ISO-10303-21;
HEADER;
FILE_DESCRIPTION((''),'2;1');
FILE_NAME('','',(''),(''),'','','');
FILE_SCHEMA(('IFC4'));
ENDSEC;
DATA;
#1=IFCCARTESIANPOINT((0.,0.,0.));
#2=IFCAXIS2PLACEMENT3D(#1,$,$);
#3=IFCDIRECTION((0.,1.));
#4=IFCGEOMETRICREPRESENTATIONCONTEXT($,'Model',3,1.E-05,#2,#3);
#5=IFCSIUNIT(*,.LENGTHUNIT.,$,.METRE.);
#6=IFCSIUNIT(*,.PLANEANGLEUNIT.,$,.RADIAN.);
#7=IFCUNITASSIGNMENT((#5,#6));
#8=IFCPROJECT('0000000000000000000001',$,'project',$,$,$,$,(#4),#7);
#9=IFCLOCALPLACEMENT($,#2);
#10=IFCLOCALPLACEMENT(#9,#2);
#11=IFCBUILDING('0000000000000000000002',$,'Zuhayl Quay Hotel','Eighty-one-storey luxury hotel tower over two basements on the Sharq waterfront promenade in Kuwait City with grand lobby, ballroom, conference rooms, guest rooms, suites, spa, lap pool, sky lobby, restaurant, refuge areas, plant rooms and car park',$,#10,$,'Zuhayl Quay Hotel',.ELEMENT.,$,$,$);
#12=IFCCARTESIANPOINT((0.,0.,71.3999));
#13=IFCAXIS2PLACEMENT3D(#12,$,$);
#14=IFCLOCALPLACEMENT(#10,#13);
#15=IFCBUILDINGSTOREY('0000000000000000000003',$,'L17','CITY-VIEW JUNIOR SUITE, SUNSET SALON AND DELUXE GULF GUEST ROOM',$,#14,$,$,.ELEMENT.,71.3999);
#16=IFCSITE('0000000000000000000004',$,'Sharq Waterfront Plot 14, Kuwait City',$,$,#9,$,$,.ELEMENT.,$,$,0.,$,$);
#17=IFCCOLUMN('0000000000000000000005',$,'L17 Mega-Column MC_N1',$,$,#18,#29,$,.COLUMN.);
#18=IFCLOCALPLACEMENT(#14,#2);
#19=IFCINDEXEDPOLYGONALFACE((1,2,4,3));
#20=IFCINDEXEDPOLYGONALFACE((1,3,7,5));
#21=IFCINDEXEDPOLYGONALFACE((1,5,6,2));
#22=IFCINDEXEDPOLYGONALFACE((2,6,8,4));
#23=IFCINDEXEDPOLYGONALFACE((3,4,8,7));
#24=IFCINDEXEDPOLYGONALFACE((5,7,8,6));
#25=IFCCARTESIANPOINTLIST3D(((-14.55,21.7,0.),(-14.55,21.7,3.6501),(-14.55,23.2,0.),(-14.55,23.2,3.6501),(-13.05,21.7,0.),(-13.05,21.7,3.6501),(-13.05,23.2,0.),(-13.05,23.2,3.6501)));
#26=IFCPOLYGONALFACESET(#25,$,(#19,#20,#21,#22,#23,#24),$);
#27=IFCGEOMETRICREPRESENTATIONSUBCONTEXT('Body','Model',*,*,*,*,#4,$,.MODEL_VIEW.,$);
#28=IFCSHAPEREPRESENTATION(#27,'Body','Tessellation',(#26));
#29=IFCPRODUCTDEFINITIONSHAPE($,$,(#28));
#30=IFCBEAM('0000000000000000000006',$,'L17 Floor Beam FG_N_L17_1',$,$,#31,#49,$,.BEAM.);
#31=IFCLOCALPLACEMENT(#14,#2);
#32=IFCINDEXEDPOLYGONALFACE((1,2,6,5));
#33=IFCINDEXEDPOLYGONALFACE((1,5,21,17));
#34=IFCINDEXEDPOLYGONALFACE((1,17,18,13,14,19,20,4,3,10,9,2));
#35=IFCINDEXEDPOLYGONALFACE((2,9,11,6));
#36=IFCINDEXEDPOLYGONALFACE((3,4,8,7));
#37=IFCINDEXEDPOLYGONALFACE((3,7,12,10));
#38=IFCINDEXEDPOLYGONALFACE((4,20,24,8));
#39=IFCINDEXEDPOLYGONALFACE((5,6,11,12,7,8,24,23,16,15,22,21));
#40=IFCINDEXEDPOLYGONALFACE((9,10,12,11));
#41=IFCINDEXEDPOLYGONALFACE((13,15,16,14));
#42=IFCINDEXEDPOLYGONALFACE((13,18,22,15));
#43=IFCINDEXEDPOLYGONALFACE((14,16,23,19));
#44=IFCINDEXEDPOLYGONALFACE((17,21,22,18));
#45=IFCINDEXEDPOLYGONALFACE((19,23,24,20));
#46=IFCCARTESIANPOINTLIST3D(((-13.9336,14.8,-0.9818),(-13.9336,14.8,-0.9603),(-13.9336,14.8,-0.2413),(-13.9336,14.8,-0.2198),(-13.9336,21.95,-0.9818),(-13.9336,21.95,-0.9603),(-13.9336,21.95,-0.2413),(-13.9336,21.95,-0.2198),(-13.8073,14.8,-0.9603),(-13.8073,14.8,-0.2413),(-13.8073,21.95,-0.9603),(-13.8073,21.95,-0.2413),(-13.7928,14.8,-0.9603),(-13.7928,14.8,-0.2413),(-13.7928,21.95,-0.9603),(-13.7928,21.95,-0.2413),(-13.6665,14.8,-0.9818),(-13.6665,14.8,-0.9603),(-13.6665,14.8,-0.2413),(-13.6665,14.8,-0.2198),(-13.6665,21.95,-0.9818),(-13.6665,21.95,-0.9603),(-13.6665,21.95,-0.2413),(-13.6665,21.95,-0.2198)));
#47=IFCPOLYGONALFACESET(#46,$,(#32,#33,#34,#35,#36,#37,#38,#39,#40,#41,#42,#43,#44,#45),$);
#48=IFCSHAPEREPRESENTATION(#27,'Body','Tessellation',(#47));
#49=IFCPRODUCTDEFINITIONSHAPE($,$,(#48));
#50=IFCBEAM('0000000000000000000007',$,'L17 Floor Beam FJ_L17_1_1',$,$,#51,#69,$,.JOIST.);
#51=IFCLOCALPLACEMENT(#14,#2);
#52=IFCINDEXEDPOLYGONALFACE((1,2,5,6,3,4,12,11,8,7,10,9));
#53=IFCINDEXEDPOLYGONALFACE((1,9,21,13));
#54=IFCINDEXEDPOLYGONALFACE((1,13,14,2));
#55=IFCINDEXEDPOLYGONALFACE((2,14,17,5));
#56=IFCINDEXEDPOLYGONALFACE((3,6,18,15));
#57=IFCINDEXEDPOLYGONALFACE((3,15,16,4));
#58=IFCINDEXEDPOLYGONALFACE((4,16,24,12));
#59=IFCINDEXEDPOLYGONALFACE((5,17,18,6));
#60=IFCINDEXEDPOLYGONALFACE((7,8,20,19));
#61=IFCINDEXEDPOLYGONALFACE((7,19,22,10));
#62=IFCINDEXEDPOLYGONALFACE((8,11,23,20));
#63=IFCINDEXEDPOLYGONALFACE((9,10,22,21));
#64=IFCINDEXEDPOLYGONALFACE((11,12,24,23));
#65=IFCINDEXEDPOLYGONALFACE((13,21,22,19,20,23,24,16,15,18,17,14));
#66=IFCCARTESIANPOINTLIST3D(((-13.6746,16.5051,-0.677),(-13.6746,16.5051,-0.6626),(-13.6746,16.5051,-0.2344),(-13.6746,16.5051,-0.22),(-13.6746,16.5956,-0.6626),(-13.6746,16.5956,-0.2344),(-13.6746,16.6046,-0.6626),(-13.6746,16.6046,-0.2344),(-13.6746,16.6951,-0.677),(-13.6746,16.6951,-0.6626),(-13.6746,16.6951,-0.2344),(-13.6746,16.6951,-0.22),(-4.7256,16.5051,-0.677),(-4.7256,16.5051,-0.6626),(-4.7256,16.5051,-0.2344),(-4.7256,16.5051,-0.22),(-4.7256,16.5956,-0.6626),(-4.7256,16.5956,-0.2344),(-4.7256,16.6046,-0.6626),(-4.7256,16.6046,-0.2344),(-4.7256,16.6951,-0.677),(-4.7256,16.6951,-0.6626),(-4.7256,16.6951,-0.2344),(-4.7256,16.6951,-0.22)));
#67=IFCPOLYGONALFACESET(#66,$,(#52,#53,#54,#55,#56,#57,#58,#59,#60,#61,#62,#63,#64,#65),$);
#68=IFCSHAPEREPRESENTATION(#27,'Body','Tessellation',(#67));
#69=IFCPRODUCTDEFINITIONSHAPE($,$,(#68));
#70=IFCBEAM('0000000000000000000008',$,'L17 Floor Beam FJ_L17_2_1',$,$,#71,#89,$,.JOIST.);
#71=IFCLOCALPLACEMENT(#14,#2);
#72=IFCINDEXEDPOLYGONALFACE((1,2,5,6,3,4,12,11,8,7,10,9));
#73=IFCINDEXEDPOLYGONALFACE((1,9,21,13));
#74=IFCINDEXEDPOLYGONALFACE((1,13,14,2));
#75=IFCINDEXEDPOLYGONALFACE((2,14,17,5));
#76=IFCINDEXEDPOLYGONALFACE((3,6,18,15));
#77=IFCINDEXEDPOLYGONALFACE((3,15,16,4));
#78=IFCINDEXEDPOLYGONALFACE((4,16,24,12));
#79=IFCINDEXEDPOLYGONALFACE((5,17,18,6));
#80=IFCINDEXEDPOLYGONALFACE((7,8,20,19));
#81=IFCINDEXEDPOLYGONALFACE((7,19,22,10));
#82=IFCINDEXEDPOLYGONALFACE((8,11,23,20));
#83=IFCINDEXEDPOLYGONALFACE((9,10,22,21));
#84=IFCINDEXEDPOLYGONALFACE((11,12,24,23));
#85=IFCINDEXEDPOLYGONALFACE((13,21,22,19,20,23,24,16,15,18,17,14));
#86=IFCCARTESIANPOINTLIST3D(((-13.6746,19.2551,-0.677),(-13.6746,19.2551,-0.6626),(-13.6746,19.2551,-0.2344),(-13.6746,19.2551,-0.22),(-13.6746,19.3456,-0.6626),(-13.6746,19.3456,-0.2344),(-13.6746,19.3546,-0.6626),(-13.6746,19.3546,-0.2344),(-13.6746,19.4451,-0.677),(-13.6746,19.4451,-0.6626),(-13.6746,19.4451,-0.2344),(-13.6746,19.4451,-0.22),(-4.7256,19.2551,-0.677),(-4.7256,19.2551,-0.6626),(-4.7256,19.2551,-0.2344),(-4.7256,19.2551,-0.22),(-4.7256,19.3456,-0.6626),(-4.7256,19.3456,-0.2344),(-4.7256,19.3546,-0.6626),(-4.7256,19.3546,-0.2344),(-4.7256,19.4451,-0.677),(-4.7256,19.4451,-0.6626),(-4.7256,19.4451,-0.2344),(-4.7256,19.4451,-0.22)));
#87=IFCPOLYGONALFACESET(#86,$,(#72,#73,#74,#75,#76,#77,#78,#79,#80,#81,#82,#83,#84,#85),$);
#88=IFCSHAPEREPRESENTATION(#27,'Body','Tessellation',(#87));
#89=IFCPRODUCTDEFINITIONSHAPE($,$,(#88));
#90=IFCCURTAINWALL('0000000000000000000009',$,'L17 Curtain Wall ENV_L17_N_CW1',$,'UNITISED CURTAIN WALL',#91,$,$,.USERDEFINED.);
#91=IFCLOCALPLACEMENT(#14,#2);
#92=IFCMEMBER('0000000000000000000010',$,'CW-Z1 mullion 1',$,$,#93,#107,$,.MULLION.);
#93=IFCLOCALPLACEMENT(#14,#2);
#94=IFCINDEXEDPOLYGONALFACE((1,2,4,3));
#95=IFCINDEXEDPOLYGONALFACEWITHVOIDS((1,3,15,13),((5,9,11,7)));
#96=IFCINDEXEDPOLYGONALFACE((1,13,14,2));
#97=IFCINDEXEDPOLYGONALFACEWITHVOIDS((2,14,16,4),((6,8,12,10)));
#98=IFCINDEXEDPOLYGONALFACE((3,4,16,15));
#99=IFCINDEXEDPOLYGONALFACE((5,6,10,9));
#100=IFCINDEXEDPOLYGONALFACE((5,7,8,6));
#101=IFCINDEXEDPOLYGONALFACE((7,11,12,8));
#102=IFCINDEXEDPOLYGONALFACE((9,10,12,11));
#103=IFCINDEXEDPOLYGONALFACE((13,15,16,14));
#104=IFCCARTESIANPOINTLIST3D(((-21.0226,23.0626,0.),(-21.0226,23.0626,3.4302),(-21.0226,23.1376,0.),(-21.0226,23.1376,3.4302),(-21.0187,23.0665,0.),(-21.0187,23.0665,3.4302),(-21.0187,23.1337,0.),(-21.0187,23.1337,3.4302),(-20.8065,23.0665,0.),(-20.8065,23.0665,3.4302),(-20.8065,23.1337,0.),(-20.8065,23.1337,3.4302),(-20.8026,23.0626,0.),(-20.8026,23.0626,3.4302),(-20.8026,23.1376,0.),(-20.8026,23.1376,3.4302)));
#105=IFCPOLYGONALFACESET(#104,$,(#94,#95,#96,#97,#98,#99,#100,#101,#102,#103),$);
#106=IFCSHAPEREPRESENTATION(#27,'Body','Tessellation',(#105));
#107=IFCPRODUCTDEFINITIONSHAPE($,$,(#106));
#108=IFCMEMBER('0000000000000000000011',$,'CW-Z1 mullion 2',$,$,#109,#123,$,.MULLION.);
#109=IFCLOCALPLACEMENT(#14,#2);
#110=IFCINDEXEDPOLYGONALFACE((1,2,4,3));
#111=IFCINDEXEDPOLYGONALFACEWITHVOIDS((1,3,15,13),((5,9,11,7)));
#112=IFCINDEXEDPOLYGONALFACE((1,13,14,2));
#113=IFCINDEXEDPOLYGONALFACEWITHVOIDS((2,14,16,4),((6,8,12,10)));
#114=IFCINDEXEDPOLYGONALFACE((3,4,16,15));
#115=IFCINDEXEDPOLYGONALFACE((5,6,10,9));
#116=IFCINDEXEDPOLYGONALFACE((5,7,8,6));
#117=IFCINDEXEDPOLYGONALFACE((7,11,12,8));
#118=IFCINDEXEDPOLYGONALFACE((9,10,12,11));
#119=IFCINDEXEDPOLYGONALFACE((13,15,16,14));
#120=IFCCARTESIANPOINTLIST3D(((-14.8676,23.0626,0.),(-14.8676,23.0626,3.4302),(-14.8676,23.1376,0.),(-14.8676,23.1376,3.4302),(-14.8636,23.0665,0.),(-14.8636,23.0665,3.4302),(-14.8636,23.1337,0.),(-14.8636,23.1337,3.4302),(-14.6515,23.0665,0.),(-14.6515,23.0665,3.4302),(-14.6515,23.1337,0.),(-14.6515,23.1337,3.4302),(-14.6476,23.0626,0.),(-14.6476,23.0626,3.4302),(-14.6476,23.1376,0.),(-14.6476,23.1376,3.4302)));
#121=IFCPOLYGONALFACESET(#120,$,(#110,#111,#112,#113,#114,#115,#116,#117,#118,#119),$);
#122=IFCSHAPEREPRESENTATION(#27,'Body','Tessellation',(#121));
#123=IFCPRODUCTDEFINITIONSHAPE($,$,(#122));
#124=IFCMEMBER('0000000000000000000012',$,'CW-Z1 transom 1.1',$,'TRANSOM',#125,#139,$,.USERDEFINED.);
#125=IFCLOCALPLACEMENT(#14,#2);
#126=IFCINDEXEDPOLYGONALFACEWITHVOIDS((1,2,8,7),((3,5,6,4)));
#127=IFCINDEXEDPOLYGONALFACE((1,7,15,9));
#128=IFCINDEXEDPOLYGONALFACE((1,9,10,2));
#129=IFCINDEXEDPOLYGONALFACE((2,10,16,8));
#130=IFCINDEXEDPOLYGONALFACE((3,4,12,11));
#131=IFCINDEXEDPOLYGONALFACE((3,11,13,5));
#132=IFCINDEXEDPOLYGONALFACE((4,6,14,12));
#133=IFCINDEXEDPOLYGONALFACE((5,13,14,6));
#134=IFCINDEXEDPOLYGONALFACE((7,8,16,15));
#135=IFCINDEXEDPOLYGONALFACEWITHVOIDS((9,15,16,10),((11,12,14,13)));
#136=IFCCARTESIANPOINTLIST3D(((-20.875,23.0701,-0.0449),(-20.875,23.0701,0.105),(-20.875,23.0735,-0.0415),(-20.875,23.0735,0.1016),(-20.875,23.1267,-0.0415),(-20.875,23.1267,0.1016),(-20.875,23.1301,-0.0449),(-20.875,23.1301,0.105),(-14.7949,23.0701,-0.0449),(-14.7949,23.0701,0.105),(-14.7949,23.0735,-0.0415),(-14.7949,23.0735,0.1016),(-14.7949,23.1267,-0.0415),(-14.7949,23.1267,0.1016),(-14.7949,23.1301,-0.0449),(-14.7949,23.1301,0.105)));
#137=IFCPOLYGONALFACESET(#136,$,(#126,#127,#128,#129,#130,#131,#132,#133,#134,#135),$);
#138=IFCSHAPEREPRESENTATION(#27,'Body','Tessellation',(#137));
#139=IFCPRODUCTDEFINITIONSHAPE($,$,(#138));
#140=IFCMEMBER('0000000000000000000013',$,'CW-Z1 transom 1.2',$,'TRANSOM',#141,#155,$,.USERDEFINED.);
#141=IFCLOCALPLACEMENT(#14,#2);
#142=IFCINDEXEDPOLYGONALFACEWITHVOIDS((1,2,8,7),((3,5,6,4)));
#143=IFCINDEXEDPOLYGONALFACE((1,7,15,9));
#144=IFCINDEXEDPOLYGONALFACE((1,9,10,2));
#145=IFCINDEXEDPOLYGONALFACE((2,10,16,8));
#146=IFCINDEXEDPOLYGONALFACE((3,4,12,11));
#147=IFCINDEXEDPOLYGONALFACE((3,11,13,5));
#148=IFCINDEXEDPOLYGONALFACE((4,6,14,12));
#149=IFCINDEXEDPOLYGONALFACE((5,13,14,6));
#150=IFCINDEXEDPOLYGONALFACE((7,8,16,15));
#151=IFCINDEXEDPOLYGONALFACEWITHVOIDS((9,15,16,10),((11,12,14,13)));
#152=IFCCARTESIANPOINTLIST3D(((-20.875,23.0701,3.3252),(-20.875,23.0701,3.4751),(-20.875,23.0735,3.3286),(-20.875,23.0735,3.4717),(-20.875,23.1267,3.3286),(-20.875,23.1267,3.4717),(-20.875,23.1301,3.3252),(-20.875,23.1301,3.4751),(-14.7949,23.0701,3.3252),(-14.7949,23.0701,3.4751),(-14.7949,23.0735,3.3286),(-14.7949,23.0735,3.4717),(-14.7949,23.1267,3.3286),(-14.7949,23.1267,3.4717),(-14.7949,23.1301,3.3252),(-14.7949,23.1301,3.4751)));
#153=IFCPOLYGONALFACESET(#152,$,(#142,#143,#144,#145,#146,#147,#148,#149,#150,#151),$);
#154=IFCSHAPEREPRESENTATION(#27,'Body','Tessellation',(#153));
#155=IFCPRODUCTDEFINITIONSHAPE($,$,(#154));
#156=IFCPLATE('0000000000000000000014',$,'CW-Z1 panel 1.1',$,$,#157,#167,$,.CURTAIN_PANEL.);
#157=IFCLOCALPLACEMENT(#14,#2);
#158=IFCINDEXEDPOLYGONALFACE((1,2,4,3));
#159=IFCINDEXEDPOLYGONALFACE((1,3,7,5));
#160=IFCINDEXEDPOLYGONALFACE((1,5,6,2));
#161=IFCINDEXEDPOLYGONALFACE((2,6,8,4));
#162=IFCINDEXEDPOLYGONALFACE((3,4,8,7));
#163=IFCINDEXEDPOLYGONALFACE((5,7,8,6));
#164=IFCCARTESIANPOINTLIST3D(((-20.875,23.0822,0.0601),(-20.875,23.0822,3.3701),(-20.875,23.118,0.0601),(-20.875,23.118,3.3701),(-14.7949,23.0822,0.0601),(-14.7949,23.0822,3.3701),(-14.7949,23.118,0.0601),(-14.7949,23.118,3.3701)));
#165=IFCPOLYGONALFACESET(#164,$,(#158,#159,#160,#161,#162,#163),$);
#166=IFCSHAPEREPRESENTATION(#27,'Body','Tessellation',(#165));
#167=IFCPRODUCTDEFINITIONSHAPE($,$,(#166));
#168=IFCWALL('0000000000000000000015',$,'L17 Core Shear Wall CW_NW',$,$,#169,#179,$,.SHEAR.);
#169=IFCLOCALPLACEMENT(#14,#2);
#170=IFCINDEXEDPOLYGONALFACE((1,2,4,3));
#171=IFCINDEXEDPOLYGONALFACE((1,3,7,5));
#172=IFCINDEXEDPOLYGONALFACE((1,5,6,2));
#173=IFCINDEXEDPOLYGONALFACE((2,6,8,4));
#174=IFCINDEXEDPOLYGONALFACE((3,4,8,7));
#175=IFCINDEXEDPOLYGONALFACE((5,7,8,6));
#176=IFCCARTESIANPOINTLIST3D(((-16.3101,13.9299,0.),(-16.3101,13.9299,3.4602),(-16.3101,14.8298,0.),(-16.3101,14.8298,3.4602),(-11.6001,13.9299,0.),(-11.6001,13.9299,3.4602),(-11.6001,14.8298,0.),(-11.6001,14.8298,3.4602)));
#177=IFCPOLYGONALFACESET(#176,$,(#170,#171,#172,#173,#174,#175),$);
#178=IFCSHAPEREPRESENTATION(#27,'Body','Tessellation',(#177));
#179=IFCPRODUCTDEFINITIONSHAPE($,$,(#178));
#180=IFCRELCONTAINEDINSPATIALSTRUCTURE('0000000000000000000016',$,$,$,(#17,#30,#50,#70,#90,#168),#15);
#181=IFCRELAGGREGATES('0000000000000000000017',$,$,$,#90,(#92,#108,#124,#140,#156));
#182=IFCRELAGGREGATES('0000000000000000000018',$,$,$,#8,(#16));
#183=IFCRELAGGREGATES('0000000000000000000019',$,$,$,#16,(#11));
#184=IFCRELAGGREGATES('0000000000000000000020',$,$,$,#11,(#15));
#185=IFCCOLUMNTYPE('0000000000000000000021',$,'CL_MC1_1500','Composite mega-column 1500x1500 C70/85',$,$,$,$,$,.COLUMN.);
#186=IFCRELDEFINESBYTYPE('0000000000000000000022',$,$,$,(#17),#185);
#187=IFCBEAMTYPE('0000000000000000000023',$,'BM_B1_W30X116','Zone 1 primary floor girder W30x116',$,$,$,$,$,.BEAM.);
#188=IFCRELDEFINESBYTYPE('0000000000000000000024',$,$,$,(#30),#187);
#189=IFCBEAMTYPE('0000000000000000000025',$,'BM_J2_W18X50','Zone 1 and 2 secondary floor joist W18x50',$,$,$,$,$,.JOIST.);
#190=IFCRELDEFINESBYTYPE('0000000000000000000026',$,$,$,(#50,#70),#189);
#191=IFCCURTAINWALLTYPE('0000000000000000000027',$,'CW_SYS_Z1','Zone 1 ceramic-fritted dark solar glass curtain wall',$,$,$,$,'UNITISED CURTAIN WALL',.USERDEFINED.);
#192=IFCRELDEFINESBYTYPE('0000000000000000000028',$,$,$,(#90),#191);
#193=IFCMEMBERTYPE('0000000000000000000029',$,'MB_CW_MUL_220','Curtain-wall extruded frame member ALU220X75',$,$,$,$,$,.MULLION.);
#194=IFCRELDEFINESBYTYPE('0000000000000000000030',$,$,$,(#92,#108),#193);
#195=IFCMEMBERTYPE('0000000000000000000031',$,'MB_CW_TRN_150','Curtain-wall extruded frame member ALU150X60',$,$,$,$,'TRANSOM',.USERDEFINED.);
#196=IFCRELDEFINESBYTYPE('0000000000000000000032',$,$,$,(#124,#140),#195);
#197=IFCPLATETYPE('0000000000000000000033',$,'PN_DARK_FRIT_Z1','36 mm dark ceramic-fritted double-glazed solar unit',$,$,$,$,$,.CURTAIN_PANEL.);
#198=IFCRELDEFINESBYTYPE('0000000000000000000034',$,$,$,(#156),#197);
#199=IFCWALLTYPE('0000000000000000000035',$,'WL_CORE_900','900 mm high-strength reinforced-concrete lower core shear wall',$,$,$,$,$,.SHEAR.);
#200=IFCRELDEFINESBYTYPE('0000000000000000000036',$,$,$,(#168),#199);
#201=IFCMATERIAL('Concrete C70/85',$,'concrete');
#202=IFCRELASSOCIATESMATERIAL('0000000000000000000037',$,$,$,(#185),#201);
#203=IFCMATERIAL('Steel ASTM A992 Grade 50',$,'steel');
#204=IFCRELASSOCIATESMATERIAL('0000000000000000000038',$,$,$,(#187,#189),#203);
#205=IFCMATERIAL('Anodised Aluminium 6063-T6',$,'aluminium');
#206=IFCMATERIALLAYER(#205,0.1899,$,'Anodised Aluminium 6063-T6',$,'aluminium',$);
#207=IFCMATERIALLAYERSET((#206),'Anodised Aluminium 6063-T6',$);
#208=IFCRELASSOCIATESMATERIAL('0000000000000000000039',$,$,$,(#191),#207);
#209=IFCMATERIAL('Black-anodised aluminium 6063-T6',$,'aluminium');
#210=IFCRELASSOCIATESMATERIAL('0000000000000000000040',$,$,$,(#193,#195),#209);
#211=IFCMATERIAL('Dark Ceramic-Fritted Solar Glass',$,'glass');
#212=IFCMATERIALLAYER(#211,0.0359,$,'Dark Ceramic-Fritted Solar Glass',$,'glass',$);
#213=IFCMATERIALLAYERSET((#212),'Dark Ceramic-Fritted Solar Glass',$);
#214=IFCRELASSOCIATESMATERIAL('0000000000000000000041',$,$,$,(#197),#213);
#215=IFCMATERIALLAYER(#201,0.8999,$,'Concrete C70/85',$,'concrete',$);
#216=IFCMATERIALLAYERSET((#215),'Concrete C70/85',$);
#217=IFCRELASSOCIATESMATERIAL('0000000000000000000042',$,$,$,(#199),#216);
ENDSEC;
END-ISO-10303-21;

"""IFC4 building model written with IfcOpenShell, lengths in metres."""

from ifc_helpers import new_model, si_unit, direction, frame, frame_2d, origin, origin_2d, place, context, subcontext, project, spatial, rectangle, hollow_rectangle, i_section, extrude, material, layer, layer_set, material_profile, profile_set, type_object, element, aggregate, save


model = new_model("IFC4")

# Units and contexts
model_context = context("Model", 3, precision=1e-05, world=origin(), true_north=direction((0.0, 1.0)))
body_context = subcontext(model_context, "Body", "Model", "MODEL_VIEW")
ifc_project = project(units=[si_unit("LENGTHUNIT", "METRE"), si_unit("PLANEANGLEUNIT", "RADIAN")], contexts=[model_context])

# Site, building, storey
site_placement = place(None, origin())
site = spatial("IfcSite", under=ifc_project, at=site_placement, Name="Sharq Waterfront Plot 14, Kuwait City", CompositionType="ELEMENT", RefElevation=0.0)
building_placement = place(site_placement, origin())
building = spatial("IfcBuilding", under=site, at=building_placement, Name="Zuhayl Quay Hotel", Description="Eighty-one-storey luxury hotel tower over two basements on the Sharq waterfront promenade in Kuwait City with grand lobby, ballroom, conference rooms, guest rooms, suites, spa, lap pool, sky lobby, restaurant, refuge areas, plant rooms and car park", LongName="Zuhayl Quay Hotel", CompositionType="ELEMENT")
storey_placement = place(building_placement, frame((0.0, 0.0, 71.3999)))
storey = spatial("IfcBuildingStorey", under=building, at=storey_placement, Name="L17", Description="CITY-VIEW JUNIOR SUITE, SUNSET SALON AND DELUXE GULF GUEST ROOM", CompositionType="ELEMENT", Elevation=71.3999)

# Column
ifc_material_1 = material(Name="Concrete C70/85", Category="concrete")
ifc_material_profile_1 = material_profile(ifc_material_1, rectangle(XDim=1.5, YDim=1.5, at=origin_2d()), Name="RC1500X1500")
ifc_profile_set_1 = profile_set([ifc_material_profile_1], Name="Concrete C70/85")
column_type = type_object("IfcColumnType", Name="CL_MC1_1500", Description="Composite mega-column 1500x1500 C70/85", PredefinedType="COLUMN", material=ifc_profile_set_1)
column_placement = place(storey_placement, frame((-13.8, 22.45, 0.0), z_axis=(0.0, 0.0, 1.0), x_axis=(1.0, 0.0, 0.0)))
element("IfcColumn", 1, at=column_placement, inside=storey, type_object=column_type, Name="L17 Mega-Column MC_N1", PredefinedType="COLUMN", context=body_context, shape_type="SweptSolid", body=[
    extrude(rectangle(XDim=1.5, YDim=1.5, at=origin_2d()), origin(), (0.0, 0.0, 1.0), 3.6501),
])

# Beams
ifc_material_2 = material(Name="Steel ASTM A992 Grade 50", Category="steel")
ifc_material_profile_2 = material_profile(ifc_material_2, i_section(OverallWidth=0.2671, OverallDepth=0.762, WebThickness=0.0144, FlangeThickness=0.0215, at=origin_2d()), Name="W30X116")
ifc_profile_set_2 = profile_set([ifc_material_profile_2], Name="Steel ASTM A992 Grade 50")
beam_type_1 = type_object("IfcBeamType", Name="BM_B1_W30X116", Description="Zone 1 primary floor girder W30x116", PredefinedType="BEAM", material=ifc_profile_set_2)
beam_placement = place(storey_placement, frame((-13.8, 14.8, -0.6008), z_axis=(0.0, 1.0, 0.0), x_axis=(-1.0, 0.0, 0.0)))
element("IfcBeam", 2, at=beam_placement, inside=storey, type_object=beam_type_1, Name="L17 Floor Beam FG_N_L17_1", PredefinedType="BEAM", context=body_context, shape_type="SweptSolid", body=[
    extrude(i_section(OverallWidth=0.2671, OverallDepth=0.762, WebThickness=0.0144, FlangeThickness=0.0215, at=origin_2d()), origin(), (0.0, 0.0, 1.0), 7.1499),
])
ifc_material_profile_3 = material_profile(ifc_material_2, i_section(OverallWidth=0.1899, OverallDepth=0.457, WebThickness=0.009, FlangeThickness=0.0144, at=origin_2d()), Name="W18X50")
ifc_profile_set_3 = profile_set([ifc_material_profile_3], Name="Steel ASTM A992 Grade 50")
beam_type_2 = type_object("IfcBeamType", Name="BM_J2_W18X50", Description="Zone 1 and 2 secondary floor joist W18x50", PredefinedType="JOIST", material=ifc_profile_set_3)
for number, where, z_axis, x_axis, name in (
    (3, (-13.6746, 16.6001, -0.4485), (1.0, 0.0, 0.0), (0.0, 1.0, 0.0), "L17 Floor Beam FJ_L17_1_1"),
    (4, (-13.6746, 19.3501, -0.4485), (1.0, 0.0, 0.0), (0.0, 1.0, 0.0), "L17 Floor Beam FJ_L17_2_1"),
):
    element("IfcBeam", number, at=place(storey_placement, frame(where, z_axis=z_axis, x_axis=x_axis)), inside=storey, type_object=beam_type_2, Name=name, PredefinedType="JOIST", context=body_context, shape_type="SweptSolid", body=[
        extrude(i_section(OverallWidth=0.1899, OverallDepth=0.457, WebThickness=0.009, FlangeThickness=0.0144, at=origin_2d()), origin(), (0.0, 0.0, 1.0), 8.949),
    ])

# Curtain wall, members, plate
ifc_material_3 = material(Name="Anodised Aluminium 6063-T6", Category="aluminium")
ifc_layer_1 = layer(ifc_material_3, 0.1899, Name="Anodised Aluminium 6063-T6", Category="aluminium")
ifc_layer_set_1 = layer_set([ifc_layer_1], Name="Anodised Aluminium 6063-T6")
curtain_wall_type = type_object("IfcCurtainWallType", Name="CW_SYS_Z1", Description="Zone 1 ceramic-fritted dark solar glass curtain wall", ElementType="UNITISED CURTAIN WALL", PredefinedType="USERDEFINED", material=ifc_layer_set_1)
curtain_wall_placement = place(storey_placement, origin())
curtain_wall = element("IfcCurtainWall", 5, at=curtain_wall_placement, inside=storey, type_object=curtain_wall_type, Name="L17 Curtain Wall ENV_L17_N_CW1", ObjectType="UNITISED CURTAIN WALL", PredefinedType="USERDEFINED")
ifc_material_4 = material(Name="Black-anodised aluminium 6063-T6", Category="aluminium")
ifc_material_profile_4 = material_profile(ifc_material_4, hollow_rectangle(XDim=0.075, YDim=0.22, WallThickness=0.0039, at=origin_2d()), Name="ALU220X75")
ifc_profile_set_4 = profile_set([ifc_material_profile_4], Name="Black-anodised aluminium 6063-T6")
member_type_1 = type_object("IfcMemberType", Name="MB_CW_MUL_220", Description="Curtain-wall extruded frame member ALU220X75", PredefinedType="MULLION", material=ifc_profile_set_4)
member_1_placement = place(storey_placement, frame((-20.9126, 23.1001, 0.0), z_axis=(0.0, 0.0, 1.0), x_axis=(0.0, 1.0, 0.0)))
member_1 = element("IfcMember", 6, at=member_1_placement, type_object=member_type_1, Name="CW-Z1 mullion 1", PredefinedType="MULLION", context=body_context, shape_type="SweptSolid", body=[
    extrude(hollow_rectangle(XDim=0.075, YDim=0.22, WallThickness=0.0039, at=origin_2d()), origin(), (0.0, 0.0, 1.0), 3.4302),
])
member_2_placement = place(storey_placement, frame((-14.7576, 23.1001, 0.0), z_axis=(0.0, 0.0, 1.0), x_axis=(0.0, 1.0, 0.0)))
member_2 = element("IfcMember", 7, at=member_2_placement, type_object=member_type_1, Name="CW-Z1 mullion 2", PredefinedType="MULLION", context=body_context, shape_type="SweptSolid", body=[
    extrude(hollow_rectangle(XDim=0.075, YDim=0.22, WallThickness=0.0039, at=origin_2d()), origin(), (0.0, 0.0, 1.0), 3.4302),
])
ifc_material_profile_5 = material_profile(ifc_material_4, hollow_rectangle(XDim=0.0601, YDim=0.1499, WallThickness=0.0034, at=origin_2d()), Name="ALU150X60")
ifc_profile_set_5 = profile_set([ifc_material_profile_5], Name="Black-anodised aluminium 6063-T6")
member_type_2 = type_object("IfcMemberType", Name="MB_CW_TRN_150", Description="Curtain-wall extruded frame member ALU150X60", ElementType="TRANSOM", PredefinedType="USERDEFINED", material=ifc_profile_set_5)
member_3_placement = place(storey_placement, frame((-20.875, 23.1001, 0.03), z_axis=(1.0, 0.0, 0.0), x_axis=(0.0, 1.0, 0.0)))
member_3 = element("IfcMember", 8, at=member_3_placement, type_object=member_type_2, Name="CW-Z1 transom 1.1", ObjectType="TRANSOM", PredefinedType="USERDEFINED", context=body_context, shape_type="SweptSolid", body=[
    extrude(hollow_rectangle(XDim=0.0601, YDim=0.1499, WallThickness=0.0034, at=origin_2d()), origin(), (0.0, 0.0, 1.0), 6.0801),
])
member_4_placement = place(storey_placement, frame((-20.875, 23.1001, 3.4001), z_axis=(1.0, 0.0, 0.0), x_axis=(0.0, 1.0, 0.0)))
member_4 = element("IfcMember", 9, at=member_4_placement, type_object=member_type_2, Name="CW-Z1 transom 1.2", ObjectType="TRANSOM", PredefinedType="USERDEFINED", context=body_context, shape_type="SweptSolid", body=[
    extrude(hollow_rectangle(XDim=0.0601, YDim=0.1499, WallThickness=0.0034, at=origin_2d()), origin(), (0.0, 0.0, 1.0), 6.0801),
])
ifc_material_5 = material(Name="Dark Ceramic-Fritted Solar Glass", Category="glass")
ifc_layer_2 = layer(ifc_material_5, 0.0359, Name="Dark Ceramic-Fritted Solar Glass", Category="glass")
ifc_layer_set_2 = layer_set([ifc_layer_2], Name="Dark Ceramic-Fritted Solar Glass")
plate_type = type_object("IfcPlateType", Name="PN_DARK_FRIT_Z1", Description="36 mm dark ceramic-fritted double-glazed solar unit", PredefinedType="CURTAIN_PANEL", material=ifc_layer_set_2)
plate_placement = place(storey_placement, frame((-17.835, 23.1001, 0.0601), z_axis=(0.0, 0.0, 1.0), x_axis=(1.0, 0.0, 0.0)))
plate = element("IfcPlate", 10, at=plate_placement, type_object=plate_type, Name="CW-Z1 panel 1.1", PredefinedType="CURTAIN_PANEL", context=body_context, shape_type="SweptSolid", body=[
    extrude(rectangle(XDim=6.0801, YDim=0.0359, at=origin_2d()), origin(), (0.0, 0.0, 1.0), 3.3101),
])
aggregate(curtain_wall, [member_1, member_2, member_3, member_4, plate])

# Wall
ifc_layer_3 = layer(ifc_material_1, 0.8999, Name="Concrete C70/85", Category="concrete")
ifc_layer_set_3 = layer_set([ifc_layer_3], Name="Concrete C70/85")
wall_type_1 = type_object("IfcWallType", Name="WL_CORE_900", Description="900 mm high-strength reinforced-concrete lower core shear wall", PredefinedType="SHEAR", material=ifc_layer_set_3)
wall_1_placement = place(storey_placement, frame((-16.3101, 14.3799, 0.0), z_axis=(0.0, 0.0, 1.0), x_axis=(1.0, 0.0, 0.0)))
element("IfcWall", 11, at=wall_1_placement, inside=storey, type_object=wall_type_1, Name="L17 Core Shear Wall CW_NW", PredefinedType="SHEAR", context=body_context, shape_type="SweptSolid", body=[
    extrude(rectangle(XDim=4.71, YDim=0.8999, at=frame_2d((2.355, 0.0))), origin(), (0.0, 0.0, 1.0), 3.4602),
])

save(model, "model.ifc")
